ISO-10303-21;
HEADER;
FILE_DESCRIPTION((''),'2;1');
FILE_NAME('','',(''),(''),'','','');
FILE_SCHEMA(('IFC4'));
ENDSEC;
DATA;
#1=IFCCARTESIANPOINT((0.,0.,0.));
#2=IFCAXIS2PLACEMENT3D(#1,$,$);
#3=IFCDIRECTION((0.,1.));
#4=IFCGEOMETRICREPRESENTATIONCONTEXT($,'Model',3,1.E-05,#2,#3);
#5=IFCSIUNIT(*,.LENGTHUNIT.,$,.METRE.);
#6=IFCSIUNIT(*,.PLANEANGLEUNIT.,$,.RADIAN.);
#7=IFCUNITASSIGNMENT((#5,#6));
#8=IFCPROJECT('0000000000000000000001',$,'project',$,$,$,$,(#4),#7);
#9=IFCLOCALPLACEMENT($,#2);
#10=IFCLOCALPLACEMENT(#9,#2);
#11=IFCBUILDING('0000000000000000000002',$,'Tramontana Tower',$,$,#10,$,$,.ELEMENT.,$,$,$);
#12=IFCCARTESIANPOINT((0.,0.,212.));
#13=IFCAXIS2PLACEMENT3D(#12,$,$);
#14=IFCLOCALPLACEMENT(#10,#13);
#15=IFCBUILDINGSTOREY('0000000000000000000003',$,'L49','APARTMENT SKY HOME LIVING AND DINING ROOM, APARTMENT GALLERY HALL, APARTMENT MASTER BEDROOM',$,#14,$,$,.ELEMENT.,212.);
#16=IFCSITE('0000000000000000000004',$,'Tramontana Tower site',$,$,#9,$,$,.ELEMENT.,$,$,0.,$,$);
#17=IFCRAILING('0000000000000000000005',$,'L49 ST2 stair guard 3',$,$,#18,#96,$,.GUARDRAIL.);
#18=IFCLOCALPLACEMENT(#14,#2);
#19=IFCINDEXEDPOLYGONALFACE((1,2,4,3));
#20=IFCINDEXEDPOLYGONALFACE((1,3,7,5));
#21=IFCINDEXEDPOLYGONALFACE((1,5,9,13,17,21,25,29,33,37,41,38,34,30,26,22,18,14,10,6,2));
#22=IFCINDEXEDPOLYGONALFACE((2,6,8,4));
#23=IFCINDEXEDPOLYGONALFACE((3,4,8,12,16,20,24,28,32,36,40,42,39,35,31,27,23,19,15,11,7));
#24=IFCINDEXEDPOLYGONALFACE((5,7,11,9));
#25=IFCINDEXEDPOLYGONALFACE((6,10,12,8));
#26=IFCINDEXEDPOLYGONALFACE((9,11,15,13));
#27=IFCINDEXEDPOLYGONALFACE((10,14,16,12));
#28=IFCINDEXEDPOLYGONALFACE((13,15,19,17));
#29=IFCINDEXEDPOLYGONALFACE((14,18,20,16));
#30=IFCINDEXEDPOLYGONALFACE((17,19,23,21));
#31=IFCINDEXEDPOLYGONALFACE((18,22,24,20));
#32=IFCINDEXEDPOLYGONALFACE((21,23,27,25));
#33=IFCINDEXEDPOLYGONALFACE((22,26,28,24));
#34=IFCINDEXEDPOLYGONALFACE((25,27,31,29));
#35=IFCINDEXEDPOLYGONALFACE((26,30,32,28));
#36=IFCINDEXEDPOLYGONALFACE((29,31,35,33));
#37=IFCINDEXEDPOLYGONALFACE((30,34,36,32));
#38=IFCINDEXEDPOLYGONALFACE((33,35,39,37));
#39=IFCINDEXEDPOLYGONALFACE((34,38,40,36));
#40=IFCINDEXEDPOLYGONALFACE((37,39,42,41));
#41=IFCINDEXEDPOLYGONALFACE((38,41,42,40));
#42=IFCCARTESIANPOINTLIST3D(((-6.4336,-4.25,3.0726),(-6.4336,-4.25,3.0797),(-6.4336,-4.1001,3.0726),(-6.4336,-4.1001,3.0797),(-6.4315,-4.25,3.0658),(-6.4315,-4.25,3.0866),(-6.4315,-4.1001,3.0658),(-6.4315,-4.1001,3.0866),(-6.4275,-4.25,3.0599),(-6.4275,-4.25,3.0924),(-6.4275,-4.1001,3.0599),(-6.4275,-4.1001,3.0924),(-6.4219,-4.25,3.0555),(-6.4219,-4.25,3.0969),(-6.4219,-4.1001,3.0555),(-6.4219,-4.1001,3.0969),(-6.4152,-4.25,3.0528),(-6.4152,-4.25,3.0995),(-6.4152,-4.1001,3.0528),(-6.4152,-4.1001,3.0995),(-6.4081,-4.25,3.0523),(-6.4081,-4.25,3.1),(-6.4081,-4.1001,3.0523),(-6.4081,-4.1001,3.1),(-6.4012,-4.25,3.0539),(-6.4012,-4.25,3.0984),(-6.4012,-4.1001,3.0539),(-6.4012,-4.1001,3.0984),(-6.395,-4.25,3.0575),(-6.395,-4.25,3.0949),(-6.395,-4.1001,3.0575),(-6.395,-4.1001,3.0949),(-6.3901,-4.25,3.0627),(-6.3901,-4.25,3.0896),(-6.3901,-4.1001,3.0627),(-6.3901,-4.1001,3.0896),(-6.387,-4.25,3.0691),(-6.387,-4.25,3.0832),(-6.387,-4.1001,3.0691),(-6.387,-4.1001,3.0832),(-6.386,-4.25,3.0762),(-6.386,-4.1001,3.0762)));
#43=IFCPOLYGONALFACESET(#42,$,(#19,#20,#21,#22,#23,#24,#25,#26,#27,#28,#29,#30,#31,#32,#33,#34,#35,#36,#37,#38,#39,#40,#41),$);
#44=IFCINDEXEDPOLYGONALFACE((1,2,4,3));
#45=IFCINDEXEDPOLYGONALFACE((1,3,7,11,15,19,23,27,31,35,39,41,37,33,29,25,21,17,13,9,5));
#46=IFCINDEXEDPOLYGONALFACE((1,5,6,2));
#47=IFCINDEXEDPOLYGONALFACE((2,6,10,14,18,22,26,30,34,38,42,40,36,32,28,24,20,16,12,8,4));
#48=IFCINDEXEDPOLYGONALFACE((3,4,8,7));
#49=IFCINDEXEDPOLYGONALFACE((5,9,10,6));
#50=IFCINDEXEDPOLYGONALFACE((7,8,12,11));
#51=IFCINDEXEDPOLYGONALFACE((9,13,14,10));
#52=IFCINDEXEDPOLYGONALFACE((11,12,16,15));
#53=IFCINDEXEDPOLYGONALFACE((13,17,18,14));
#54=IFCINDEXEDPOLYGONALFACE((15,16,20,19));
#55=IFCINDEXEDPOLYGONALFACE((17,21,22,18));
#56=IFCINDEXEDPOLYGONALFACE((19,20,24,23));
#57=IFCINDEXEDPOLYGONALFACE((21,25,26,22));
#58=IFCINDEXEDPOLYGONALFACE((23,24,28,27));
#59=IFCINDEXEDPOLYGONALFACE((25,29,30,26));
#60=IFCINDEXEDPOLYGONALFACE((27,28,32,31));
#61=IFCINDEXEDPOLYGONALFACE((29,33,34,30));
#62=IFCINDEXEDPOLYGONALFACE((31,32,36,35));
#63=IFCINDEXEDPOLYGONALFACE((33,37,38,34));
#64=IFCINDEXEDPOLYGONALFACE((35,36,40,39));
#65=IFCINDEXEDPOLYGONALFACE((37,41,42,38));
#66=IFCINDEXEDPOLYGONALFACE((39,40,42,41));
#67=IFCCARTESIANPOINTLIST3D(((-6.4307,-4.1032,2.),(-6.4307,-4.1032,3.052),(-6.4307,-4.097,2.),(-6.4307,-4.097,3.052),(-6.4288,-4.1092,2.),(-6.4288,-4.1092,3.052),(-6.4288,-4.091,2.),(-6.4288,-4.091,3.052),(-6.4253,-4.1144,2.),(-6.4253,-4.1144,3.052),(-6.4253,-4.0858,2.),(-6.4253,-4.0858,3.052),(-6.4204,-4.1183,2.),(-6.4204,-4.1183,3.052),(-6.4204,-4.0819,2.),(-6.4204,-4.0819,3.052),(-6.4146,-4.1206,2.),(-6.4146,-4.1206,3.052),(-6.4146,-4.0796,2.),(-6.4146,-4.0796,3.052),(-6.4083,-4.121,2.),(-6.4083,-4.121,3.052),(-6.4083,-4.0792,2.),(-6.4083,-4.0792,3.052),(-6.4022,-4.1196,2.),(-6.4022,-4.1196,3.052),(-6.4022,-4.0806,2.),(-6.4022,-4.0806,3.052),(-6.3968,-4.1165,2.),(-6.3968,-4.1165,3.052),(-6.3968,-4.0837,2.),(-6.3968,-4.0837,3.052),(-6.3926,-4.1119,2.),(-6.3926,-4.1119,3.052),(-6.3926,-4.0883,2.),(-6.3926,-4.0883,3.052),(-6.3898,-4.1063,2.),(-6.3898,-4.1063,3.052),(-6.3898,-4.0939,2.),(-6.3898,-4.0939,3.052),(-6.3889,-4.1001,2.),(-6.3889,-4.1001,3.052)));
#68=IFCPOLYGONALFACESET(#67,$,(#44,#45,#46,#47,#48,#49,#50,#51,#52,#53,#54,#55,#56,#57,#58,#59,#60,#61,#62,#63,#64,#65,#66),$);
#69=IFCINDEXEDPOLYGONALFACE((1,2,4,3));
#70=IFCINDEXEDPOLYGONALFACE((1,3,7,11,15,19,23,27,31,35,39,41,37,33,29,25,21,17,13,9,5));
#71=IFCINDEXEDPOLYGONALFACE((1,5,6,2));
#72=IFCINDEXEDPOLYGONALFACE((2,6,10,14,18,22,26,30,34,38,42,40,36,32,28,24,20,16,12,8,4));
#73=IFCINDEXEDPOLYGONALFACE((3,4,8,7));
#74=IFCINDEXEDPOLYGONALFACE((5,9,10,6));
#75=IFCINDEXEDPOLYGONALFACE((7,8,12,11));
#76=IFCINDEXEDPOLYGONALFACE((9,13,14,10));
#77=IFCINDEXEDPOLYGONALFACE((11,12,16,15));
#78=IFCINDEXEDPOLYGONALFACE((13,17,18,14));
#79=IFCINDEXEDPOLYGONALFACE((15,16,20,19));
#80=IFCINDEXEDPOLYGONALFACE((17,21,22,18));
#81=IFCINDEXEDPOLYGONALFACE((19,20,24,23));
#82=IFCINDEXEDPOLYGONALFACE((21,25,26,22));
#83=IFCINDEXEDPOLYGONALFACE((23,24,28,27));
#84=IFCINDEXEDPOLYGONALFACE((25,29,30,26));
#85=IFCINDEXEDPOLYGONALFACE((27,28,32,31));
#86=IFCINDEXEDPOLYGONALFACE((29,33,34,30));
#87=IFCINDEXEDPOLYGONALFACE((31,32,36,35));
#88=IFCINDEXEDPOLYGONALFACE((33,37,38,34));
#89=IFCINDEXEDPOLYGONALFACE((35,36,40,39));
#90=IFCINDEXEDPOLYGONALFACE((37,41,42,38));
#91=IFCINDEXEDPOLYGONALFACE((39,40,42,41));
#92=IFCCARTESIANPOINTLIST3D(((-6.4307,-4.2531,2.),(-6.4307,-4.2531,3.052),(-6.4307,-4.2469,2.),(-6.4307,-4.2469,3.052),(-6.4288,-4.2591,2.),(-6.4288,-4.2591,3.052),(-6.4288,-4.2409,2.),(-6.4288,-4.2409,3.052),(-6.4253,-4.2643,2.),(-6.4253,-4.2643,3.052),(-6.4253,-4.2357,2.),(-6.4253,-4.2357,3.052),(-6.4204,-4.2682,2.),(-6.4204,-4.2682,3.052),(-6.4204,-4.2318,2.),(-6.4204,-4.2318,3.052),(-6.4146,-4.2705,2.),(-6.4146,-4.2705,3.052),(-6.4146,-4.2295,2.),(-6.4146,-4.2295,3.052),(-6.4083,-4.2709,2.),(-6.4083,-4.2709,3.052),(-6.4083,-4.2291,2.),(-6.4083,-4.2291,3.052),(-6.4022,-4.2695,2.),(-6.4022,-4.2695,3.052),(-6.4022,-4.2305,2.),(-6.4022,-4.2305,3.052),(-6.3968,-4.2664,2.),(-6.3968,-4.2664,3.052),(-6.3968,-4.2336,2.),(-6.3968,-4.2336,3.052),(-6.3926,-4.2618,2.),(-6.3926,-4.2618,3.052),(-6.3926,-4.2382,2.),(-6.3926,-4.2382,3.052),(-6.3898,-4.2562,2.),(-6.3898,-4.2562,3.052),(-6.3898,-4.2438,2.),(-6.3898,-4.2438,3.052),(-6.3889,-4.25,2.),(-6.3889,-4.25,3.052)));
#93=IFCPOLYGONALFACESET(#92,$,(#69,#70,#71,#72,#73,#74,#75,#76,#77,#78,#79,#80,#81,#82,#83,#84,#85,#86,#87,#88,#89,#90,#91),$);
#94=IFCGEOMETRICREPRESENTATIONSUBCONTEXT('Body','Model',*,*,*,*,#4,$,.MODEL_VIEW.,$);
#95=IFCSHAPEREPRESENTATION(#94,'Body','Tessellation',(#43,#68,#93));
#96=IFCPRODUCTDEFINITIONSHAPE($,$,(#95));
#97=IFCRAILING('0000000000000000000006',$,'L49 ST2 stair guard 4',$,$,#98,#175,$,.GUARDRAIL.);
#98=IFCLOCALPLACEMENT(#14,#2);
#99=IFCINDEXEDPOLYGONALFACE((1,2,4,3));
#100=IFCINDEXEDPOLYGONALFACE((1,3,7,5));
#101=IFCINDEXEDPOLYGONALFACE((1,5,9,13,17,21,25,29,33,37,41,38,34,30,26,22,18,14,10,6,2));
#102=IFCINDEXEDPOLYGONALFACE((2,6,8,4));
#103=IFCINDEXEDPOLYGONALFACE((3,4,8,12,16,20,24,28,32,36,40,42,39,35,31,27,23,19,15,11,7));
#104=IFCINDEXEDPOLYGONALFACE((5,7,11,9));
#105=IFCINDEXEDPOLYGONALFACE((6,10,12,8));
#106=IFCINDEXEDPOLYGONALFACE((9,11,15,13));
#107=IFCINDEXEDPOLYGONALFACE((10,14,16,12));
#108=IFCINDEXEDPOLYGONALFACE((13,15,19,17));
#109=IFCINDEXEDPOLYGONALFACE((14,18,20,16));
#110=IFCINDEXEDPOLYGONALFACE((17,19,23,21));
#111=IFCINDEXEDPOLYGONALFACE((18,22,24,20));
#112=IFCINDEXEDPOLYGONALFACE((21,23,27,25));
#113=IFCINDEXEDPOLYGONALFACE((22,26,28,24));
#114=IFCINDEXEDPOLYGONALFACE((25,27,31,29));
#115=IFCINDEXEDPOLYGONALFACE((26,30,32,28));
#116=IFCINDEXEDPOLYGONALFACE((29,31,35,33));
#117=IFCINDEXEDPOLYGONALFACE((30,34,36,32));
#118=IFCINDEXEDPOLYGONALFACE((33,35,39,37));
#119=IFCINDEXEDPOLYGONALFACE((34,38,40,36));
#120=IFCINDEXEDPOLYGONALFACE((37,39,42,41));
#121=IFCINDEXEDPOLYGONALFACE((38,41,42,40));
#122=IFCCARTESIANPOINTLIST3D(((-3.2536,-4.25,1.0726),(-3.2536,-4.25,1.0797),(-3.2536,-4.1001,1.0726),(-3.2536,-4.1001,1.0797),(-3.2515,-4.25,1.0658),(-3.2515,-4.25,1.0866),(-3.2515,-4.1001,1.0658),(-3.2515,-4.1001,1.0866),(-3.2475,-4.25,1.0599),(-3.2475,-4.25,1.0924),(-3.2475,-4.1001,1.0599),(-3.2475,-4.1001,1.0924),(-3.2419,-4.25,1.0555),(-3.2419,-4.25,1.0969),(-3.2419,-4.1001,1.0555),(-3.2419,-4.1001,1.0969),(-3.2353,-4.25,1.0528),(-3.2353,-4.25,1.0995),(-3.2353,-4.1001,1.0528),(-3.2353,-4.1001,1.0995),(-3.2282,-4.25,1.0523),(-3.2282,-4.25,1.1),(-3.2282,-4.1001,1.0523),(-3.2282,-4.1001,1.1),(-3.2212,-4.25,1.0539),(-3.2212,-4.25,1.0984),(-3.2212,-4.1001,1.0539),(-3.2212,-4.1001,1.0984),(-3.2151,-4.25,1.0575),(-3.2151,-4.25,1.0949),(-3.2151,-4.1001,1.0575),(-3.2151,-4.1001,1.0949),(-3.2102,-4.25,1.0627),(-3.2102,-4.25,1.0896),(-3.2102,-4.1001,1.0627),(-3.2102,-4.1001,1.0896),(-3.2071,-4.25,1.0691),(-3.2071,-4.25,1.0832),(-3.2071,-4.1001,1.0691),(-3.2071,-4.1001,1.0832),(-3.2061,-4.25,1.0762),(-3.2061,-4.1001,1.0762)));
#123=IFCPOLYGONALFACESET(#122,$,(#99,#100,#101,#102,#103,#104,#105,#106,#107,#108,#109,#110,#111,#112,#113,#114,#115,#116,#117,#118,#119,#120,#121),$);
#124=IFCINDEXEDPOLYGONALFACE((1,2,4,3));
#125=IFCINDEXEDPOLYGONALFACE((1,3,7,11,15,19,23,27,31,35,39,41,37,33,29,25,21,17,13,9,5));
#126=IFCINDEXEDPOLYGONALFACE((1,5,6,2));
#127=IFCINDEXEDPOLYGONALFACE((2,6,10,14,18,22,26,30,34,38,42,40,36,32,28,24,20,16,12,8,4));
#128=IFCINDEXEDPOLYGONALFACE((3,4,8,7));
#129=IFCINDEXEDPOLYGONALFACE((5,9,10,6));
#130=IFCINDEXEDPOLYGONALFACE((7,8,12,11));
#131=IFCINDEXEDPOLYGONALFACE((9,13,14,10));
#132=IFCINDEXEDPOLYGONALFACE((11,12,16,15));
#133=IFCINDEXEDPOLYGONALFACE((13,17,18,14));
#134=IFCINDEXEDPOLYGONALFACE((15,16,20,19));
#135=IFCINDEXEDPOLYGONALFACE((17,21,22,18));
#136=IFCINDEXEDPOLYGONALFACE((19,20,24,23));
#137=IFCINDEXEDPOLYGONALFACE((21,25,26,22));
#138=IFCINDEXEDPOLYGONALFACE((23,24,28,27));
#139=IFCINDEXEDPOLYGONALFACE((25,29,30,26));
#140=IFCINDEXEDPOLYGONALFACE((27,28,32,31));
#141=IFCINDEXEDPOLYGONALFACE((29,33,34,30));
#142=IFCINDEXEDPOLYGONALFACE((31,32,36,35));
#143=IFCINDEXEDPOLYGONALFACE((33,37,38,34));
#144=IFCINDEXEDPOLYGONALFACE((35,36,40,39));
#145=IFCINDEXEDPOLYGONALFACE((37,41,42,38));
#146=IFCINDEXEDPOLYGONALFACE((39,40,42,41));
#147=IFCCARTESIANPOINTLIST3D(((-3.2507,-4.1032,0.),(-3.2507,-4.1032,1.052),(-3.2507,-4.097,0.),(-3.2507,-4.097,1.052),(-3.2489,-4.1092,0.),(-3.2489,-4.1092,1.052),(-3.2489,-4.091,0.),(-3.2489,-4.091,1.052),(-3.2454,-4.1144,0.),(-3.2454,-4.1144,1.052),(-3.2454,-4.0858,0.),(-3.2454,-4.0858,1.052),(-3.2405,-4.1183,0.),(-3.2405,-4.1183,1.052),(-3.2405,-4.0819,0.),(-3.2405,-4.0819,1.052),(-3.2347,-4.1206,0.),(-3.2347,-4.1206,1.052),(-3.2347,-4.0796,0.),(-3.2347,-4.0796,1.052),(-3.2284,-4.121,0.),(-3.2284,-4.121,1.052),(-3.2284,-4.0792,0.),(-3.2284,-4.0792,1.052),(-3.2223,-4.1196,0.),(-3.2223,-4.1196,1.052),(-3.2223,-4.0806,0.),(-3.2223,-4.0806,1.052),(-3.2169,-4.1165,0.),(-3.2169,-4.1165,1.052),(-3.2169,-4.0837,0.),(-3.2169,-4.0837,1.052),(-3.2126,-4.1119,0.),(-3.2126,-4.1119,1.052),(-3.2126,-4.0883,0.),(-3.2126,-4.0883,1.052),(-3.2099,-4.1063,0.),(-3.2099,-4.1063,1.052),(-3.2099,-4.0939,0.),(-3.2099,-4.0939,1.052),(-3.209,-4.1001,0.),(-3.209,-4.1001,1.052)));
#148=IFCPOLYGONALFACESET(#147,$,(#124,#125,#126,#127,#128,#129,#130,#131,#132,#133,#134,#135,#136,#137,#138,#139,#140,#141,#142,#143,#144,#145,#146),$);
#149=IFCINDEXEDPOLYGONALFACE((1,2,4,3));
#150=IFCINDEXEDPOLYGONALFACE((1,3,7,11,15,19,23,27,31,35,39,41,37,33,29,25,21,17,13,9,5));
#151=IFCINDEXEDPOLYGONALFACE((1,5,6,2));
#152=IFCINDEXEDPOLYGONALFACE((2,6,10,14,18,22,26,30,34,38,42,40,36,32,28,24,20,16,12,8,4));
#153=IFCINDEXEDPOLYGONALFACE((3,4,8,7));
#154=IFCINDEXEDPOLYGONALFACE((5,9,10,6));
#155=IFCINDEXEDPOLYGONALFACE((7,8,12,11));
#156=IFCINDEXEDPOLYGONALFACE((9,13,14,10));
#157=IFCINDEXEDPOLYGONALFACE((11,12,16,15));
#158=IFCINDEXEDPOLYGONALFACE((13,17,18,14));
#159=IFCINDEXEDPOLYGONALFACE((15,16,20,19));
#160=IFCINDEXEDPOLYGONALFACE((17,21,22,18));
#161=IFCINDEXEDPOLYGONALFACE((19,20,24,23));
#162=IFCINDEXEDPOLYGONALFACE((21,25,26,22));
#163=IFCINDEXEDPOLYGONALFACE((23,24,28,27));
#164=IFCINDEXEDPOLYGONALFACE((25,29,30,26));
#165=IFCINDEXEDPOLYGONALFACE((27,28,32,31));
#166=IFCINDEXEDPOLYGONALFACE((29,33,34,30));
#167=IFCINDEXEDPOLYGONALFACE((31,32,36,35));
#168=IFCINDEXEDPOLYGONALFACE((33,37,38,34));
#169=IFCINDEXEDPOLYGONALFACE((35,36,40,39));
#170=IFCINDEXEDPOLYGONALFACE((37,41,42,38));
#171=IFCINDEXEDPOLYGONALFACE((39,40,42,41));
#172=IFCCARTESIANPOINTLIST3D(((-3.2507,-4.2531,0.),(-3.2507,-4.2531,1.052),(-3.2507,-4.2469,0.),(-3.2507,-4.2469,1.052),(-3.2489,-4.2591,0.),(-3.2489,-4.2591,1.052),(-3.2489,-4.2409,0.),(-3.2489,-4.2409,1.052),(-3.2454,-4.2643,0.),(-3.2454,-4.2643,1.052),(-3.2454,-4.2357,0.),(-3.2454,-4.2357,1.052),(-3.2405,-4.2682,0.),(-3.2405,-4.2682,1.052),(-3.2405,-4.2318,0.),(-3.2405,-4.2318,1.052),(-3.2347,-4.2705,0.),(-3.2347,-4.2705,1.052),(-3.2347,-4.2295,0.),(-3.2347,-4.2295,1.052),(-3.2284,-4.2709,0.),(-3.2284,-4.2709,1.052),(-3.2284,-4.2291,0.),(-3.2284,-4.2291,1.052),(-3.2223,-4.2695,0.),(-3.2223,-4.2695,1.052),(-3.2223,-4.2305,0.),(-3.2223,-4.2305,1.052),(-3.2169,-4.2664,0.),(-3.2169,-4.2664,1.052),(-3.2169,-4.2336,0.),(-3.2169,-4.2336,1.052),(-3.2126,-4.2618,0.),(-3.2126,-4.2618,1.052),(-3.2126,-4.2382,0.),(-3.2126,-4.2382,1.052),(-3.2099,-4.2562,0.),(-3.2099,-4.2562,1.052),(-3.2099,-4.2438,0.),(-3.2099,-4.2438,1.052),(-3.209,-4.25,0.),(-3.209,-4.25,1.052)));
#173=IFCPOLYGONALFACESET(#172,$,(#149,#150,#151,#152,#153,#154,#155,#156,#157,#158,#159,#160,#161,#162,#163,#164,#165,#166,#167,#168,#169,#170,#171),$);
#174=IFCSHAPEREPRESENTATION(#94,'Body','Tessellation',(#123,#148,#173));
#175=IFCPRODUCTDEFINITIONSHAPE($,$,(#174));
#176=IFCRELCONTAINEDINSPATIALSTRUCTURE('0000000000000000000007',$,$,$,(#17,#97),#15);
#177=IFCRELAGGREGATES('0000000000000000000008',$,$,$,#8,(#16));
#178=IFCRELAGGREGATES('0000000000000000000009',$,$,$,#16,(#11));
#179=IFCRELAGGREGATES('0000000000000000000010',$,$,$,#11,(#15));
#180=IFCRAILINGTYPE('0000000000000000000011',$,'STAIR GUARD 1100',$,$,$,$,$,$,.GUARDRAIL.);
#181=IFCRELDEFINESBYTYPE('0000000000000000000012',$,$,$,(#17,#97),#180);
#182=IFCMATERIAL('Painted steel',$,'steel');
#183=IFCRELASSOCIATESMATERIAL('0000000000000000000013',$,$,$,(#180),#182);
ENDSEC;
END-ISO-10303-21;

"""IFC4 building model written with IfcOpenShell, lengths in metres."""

from ifc_helpers import new_model, si_unit, direction, frame, origin, origin_2d, place, context, subcontext, project, spatial, circle, extrude, material, type_object, element, save


model = new_model("IFC4")

# Units and contexts
model_context = context("Model", 3, precision=1e-05, world=origin(), true_north=direction((0.0, 1.0)))
body_context = subcontext(model_context, "Body", "Model", "MODEL_VIEW")
ifc_project = project(units=[si_unit("LENGTHUNIT", "METRE"), si_unit("PLANEANGLEUNIT", "RADIAN")], contexts=[model_context])

# Site, building, storey
site_placement = place(None, origin())
site = spatial("IfcSite", under=ifc_project, at=site_placement, Name="Tramontana Tower site", CompositionType="ELEMENT", RefElevation=0.0)
building_placement = place(site_placement, origin())
building = spatial("IfcBuilding", under=site, at=building_placement, Name="Tramontana Tower", CompositionType="ELEMENT")
storey_placement = place(building_placement, frame((0.0, 0.0, 212.0)))
storey = spatial("IfcBuildingStorey", under=building, at=storey_placement, Name="L49", Description="APARTMENT SKY HOME LIVING AND DINING ROOM, APARTMENT GALLERY HALL, APARTMENT MASTER BEDROOM", CompositionType="ELEMENT", Elevation=212.0)

# Railings
ifc_material_1 = material(Name="Painted steel", Category="steel")
railing_type_1 = type_object("IfcRailingType", Name="STAIR GUARD 1100", PredefinedType="GUARDRAIL", material=ifc_material_1)
for number, where, name in (
    (1, (-6.4099, -4.1001, 2.0), "L49 ST2 stair guard 3"),
    (2, (-3.23, -4.1001, 0.0), "L49 ST2 stair guard 4"),
):
    element("IfcRailing", number, at=place(storey_placement, frame(where)), inside=storey, type_object=railing_type_1, Name=name, PredefinedType="GUARDRAIL", context=body_context, shape_type="SweptSolid", body=[
        extrude(circle(Radius=0.0239, at=origin_2d()), frame((0.0, 0.0, 1.0762), z_axis=(0.0, -1.0, 0.0), x_axis=(1.0, 0.0, 0.0)), (0.0, 0.0, 1.0), 0.1499),
        extrude(circle(Radius=0.021, at=origin_2d()), origin(), (0.0, 0.0, 1.0), 1.052),
        extrude(circle(Radius=0.021, at=origin_2d()), frame((0.0, -0.1499, 0.0)), (0.0, 0.0, 1.0), 1.052),
    ])

save(model, "model.ifc")
